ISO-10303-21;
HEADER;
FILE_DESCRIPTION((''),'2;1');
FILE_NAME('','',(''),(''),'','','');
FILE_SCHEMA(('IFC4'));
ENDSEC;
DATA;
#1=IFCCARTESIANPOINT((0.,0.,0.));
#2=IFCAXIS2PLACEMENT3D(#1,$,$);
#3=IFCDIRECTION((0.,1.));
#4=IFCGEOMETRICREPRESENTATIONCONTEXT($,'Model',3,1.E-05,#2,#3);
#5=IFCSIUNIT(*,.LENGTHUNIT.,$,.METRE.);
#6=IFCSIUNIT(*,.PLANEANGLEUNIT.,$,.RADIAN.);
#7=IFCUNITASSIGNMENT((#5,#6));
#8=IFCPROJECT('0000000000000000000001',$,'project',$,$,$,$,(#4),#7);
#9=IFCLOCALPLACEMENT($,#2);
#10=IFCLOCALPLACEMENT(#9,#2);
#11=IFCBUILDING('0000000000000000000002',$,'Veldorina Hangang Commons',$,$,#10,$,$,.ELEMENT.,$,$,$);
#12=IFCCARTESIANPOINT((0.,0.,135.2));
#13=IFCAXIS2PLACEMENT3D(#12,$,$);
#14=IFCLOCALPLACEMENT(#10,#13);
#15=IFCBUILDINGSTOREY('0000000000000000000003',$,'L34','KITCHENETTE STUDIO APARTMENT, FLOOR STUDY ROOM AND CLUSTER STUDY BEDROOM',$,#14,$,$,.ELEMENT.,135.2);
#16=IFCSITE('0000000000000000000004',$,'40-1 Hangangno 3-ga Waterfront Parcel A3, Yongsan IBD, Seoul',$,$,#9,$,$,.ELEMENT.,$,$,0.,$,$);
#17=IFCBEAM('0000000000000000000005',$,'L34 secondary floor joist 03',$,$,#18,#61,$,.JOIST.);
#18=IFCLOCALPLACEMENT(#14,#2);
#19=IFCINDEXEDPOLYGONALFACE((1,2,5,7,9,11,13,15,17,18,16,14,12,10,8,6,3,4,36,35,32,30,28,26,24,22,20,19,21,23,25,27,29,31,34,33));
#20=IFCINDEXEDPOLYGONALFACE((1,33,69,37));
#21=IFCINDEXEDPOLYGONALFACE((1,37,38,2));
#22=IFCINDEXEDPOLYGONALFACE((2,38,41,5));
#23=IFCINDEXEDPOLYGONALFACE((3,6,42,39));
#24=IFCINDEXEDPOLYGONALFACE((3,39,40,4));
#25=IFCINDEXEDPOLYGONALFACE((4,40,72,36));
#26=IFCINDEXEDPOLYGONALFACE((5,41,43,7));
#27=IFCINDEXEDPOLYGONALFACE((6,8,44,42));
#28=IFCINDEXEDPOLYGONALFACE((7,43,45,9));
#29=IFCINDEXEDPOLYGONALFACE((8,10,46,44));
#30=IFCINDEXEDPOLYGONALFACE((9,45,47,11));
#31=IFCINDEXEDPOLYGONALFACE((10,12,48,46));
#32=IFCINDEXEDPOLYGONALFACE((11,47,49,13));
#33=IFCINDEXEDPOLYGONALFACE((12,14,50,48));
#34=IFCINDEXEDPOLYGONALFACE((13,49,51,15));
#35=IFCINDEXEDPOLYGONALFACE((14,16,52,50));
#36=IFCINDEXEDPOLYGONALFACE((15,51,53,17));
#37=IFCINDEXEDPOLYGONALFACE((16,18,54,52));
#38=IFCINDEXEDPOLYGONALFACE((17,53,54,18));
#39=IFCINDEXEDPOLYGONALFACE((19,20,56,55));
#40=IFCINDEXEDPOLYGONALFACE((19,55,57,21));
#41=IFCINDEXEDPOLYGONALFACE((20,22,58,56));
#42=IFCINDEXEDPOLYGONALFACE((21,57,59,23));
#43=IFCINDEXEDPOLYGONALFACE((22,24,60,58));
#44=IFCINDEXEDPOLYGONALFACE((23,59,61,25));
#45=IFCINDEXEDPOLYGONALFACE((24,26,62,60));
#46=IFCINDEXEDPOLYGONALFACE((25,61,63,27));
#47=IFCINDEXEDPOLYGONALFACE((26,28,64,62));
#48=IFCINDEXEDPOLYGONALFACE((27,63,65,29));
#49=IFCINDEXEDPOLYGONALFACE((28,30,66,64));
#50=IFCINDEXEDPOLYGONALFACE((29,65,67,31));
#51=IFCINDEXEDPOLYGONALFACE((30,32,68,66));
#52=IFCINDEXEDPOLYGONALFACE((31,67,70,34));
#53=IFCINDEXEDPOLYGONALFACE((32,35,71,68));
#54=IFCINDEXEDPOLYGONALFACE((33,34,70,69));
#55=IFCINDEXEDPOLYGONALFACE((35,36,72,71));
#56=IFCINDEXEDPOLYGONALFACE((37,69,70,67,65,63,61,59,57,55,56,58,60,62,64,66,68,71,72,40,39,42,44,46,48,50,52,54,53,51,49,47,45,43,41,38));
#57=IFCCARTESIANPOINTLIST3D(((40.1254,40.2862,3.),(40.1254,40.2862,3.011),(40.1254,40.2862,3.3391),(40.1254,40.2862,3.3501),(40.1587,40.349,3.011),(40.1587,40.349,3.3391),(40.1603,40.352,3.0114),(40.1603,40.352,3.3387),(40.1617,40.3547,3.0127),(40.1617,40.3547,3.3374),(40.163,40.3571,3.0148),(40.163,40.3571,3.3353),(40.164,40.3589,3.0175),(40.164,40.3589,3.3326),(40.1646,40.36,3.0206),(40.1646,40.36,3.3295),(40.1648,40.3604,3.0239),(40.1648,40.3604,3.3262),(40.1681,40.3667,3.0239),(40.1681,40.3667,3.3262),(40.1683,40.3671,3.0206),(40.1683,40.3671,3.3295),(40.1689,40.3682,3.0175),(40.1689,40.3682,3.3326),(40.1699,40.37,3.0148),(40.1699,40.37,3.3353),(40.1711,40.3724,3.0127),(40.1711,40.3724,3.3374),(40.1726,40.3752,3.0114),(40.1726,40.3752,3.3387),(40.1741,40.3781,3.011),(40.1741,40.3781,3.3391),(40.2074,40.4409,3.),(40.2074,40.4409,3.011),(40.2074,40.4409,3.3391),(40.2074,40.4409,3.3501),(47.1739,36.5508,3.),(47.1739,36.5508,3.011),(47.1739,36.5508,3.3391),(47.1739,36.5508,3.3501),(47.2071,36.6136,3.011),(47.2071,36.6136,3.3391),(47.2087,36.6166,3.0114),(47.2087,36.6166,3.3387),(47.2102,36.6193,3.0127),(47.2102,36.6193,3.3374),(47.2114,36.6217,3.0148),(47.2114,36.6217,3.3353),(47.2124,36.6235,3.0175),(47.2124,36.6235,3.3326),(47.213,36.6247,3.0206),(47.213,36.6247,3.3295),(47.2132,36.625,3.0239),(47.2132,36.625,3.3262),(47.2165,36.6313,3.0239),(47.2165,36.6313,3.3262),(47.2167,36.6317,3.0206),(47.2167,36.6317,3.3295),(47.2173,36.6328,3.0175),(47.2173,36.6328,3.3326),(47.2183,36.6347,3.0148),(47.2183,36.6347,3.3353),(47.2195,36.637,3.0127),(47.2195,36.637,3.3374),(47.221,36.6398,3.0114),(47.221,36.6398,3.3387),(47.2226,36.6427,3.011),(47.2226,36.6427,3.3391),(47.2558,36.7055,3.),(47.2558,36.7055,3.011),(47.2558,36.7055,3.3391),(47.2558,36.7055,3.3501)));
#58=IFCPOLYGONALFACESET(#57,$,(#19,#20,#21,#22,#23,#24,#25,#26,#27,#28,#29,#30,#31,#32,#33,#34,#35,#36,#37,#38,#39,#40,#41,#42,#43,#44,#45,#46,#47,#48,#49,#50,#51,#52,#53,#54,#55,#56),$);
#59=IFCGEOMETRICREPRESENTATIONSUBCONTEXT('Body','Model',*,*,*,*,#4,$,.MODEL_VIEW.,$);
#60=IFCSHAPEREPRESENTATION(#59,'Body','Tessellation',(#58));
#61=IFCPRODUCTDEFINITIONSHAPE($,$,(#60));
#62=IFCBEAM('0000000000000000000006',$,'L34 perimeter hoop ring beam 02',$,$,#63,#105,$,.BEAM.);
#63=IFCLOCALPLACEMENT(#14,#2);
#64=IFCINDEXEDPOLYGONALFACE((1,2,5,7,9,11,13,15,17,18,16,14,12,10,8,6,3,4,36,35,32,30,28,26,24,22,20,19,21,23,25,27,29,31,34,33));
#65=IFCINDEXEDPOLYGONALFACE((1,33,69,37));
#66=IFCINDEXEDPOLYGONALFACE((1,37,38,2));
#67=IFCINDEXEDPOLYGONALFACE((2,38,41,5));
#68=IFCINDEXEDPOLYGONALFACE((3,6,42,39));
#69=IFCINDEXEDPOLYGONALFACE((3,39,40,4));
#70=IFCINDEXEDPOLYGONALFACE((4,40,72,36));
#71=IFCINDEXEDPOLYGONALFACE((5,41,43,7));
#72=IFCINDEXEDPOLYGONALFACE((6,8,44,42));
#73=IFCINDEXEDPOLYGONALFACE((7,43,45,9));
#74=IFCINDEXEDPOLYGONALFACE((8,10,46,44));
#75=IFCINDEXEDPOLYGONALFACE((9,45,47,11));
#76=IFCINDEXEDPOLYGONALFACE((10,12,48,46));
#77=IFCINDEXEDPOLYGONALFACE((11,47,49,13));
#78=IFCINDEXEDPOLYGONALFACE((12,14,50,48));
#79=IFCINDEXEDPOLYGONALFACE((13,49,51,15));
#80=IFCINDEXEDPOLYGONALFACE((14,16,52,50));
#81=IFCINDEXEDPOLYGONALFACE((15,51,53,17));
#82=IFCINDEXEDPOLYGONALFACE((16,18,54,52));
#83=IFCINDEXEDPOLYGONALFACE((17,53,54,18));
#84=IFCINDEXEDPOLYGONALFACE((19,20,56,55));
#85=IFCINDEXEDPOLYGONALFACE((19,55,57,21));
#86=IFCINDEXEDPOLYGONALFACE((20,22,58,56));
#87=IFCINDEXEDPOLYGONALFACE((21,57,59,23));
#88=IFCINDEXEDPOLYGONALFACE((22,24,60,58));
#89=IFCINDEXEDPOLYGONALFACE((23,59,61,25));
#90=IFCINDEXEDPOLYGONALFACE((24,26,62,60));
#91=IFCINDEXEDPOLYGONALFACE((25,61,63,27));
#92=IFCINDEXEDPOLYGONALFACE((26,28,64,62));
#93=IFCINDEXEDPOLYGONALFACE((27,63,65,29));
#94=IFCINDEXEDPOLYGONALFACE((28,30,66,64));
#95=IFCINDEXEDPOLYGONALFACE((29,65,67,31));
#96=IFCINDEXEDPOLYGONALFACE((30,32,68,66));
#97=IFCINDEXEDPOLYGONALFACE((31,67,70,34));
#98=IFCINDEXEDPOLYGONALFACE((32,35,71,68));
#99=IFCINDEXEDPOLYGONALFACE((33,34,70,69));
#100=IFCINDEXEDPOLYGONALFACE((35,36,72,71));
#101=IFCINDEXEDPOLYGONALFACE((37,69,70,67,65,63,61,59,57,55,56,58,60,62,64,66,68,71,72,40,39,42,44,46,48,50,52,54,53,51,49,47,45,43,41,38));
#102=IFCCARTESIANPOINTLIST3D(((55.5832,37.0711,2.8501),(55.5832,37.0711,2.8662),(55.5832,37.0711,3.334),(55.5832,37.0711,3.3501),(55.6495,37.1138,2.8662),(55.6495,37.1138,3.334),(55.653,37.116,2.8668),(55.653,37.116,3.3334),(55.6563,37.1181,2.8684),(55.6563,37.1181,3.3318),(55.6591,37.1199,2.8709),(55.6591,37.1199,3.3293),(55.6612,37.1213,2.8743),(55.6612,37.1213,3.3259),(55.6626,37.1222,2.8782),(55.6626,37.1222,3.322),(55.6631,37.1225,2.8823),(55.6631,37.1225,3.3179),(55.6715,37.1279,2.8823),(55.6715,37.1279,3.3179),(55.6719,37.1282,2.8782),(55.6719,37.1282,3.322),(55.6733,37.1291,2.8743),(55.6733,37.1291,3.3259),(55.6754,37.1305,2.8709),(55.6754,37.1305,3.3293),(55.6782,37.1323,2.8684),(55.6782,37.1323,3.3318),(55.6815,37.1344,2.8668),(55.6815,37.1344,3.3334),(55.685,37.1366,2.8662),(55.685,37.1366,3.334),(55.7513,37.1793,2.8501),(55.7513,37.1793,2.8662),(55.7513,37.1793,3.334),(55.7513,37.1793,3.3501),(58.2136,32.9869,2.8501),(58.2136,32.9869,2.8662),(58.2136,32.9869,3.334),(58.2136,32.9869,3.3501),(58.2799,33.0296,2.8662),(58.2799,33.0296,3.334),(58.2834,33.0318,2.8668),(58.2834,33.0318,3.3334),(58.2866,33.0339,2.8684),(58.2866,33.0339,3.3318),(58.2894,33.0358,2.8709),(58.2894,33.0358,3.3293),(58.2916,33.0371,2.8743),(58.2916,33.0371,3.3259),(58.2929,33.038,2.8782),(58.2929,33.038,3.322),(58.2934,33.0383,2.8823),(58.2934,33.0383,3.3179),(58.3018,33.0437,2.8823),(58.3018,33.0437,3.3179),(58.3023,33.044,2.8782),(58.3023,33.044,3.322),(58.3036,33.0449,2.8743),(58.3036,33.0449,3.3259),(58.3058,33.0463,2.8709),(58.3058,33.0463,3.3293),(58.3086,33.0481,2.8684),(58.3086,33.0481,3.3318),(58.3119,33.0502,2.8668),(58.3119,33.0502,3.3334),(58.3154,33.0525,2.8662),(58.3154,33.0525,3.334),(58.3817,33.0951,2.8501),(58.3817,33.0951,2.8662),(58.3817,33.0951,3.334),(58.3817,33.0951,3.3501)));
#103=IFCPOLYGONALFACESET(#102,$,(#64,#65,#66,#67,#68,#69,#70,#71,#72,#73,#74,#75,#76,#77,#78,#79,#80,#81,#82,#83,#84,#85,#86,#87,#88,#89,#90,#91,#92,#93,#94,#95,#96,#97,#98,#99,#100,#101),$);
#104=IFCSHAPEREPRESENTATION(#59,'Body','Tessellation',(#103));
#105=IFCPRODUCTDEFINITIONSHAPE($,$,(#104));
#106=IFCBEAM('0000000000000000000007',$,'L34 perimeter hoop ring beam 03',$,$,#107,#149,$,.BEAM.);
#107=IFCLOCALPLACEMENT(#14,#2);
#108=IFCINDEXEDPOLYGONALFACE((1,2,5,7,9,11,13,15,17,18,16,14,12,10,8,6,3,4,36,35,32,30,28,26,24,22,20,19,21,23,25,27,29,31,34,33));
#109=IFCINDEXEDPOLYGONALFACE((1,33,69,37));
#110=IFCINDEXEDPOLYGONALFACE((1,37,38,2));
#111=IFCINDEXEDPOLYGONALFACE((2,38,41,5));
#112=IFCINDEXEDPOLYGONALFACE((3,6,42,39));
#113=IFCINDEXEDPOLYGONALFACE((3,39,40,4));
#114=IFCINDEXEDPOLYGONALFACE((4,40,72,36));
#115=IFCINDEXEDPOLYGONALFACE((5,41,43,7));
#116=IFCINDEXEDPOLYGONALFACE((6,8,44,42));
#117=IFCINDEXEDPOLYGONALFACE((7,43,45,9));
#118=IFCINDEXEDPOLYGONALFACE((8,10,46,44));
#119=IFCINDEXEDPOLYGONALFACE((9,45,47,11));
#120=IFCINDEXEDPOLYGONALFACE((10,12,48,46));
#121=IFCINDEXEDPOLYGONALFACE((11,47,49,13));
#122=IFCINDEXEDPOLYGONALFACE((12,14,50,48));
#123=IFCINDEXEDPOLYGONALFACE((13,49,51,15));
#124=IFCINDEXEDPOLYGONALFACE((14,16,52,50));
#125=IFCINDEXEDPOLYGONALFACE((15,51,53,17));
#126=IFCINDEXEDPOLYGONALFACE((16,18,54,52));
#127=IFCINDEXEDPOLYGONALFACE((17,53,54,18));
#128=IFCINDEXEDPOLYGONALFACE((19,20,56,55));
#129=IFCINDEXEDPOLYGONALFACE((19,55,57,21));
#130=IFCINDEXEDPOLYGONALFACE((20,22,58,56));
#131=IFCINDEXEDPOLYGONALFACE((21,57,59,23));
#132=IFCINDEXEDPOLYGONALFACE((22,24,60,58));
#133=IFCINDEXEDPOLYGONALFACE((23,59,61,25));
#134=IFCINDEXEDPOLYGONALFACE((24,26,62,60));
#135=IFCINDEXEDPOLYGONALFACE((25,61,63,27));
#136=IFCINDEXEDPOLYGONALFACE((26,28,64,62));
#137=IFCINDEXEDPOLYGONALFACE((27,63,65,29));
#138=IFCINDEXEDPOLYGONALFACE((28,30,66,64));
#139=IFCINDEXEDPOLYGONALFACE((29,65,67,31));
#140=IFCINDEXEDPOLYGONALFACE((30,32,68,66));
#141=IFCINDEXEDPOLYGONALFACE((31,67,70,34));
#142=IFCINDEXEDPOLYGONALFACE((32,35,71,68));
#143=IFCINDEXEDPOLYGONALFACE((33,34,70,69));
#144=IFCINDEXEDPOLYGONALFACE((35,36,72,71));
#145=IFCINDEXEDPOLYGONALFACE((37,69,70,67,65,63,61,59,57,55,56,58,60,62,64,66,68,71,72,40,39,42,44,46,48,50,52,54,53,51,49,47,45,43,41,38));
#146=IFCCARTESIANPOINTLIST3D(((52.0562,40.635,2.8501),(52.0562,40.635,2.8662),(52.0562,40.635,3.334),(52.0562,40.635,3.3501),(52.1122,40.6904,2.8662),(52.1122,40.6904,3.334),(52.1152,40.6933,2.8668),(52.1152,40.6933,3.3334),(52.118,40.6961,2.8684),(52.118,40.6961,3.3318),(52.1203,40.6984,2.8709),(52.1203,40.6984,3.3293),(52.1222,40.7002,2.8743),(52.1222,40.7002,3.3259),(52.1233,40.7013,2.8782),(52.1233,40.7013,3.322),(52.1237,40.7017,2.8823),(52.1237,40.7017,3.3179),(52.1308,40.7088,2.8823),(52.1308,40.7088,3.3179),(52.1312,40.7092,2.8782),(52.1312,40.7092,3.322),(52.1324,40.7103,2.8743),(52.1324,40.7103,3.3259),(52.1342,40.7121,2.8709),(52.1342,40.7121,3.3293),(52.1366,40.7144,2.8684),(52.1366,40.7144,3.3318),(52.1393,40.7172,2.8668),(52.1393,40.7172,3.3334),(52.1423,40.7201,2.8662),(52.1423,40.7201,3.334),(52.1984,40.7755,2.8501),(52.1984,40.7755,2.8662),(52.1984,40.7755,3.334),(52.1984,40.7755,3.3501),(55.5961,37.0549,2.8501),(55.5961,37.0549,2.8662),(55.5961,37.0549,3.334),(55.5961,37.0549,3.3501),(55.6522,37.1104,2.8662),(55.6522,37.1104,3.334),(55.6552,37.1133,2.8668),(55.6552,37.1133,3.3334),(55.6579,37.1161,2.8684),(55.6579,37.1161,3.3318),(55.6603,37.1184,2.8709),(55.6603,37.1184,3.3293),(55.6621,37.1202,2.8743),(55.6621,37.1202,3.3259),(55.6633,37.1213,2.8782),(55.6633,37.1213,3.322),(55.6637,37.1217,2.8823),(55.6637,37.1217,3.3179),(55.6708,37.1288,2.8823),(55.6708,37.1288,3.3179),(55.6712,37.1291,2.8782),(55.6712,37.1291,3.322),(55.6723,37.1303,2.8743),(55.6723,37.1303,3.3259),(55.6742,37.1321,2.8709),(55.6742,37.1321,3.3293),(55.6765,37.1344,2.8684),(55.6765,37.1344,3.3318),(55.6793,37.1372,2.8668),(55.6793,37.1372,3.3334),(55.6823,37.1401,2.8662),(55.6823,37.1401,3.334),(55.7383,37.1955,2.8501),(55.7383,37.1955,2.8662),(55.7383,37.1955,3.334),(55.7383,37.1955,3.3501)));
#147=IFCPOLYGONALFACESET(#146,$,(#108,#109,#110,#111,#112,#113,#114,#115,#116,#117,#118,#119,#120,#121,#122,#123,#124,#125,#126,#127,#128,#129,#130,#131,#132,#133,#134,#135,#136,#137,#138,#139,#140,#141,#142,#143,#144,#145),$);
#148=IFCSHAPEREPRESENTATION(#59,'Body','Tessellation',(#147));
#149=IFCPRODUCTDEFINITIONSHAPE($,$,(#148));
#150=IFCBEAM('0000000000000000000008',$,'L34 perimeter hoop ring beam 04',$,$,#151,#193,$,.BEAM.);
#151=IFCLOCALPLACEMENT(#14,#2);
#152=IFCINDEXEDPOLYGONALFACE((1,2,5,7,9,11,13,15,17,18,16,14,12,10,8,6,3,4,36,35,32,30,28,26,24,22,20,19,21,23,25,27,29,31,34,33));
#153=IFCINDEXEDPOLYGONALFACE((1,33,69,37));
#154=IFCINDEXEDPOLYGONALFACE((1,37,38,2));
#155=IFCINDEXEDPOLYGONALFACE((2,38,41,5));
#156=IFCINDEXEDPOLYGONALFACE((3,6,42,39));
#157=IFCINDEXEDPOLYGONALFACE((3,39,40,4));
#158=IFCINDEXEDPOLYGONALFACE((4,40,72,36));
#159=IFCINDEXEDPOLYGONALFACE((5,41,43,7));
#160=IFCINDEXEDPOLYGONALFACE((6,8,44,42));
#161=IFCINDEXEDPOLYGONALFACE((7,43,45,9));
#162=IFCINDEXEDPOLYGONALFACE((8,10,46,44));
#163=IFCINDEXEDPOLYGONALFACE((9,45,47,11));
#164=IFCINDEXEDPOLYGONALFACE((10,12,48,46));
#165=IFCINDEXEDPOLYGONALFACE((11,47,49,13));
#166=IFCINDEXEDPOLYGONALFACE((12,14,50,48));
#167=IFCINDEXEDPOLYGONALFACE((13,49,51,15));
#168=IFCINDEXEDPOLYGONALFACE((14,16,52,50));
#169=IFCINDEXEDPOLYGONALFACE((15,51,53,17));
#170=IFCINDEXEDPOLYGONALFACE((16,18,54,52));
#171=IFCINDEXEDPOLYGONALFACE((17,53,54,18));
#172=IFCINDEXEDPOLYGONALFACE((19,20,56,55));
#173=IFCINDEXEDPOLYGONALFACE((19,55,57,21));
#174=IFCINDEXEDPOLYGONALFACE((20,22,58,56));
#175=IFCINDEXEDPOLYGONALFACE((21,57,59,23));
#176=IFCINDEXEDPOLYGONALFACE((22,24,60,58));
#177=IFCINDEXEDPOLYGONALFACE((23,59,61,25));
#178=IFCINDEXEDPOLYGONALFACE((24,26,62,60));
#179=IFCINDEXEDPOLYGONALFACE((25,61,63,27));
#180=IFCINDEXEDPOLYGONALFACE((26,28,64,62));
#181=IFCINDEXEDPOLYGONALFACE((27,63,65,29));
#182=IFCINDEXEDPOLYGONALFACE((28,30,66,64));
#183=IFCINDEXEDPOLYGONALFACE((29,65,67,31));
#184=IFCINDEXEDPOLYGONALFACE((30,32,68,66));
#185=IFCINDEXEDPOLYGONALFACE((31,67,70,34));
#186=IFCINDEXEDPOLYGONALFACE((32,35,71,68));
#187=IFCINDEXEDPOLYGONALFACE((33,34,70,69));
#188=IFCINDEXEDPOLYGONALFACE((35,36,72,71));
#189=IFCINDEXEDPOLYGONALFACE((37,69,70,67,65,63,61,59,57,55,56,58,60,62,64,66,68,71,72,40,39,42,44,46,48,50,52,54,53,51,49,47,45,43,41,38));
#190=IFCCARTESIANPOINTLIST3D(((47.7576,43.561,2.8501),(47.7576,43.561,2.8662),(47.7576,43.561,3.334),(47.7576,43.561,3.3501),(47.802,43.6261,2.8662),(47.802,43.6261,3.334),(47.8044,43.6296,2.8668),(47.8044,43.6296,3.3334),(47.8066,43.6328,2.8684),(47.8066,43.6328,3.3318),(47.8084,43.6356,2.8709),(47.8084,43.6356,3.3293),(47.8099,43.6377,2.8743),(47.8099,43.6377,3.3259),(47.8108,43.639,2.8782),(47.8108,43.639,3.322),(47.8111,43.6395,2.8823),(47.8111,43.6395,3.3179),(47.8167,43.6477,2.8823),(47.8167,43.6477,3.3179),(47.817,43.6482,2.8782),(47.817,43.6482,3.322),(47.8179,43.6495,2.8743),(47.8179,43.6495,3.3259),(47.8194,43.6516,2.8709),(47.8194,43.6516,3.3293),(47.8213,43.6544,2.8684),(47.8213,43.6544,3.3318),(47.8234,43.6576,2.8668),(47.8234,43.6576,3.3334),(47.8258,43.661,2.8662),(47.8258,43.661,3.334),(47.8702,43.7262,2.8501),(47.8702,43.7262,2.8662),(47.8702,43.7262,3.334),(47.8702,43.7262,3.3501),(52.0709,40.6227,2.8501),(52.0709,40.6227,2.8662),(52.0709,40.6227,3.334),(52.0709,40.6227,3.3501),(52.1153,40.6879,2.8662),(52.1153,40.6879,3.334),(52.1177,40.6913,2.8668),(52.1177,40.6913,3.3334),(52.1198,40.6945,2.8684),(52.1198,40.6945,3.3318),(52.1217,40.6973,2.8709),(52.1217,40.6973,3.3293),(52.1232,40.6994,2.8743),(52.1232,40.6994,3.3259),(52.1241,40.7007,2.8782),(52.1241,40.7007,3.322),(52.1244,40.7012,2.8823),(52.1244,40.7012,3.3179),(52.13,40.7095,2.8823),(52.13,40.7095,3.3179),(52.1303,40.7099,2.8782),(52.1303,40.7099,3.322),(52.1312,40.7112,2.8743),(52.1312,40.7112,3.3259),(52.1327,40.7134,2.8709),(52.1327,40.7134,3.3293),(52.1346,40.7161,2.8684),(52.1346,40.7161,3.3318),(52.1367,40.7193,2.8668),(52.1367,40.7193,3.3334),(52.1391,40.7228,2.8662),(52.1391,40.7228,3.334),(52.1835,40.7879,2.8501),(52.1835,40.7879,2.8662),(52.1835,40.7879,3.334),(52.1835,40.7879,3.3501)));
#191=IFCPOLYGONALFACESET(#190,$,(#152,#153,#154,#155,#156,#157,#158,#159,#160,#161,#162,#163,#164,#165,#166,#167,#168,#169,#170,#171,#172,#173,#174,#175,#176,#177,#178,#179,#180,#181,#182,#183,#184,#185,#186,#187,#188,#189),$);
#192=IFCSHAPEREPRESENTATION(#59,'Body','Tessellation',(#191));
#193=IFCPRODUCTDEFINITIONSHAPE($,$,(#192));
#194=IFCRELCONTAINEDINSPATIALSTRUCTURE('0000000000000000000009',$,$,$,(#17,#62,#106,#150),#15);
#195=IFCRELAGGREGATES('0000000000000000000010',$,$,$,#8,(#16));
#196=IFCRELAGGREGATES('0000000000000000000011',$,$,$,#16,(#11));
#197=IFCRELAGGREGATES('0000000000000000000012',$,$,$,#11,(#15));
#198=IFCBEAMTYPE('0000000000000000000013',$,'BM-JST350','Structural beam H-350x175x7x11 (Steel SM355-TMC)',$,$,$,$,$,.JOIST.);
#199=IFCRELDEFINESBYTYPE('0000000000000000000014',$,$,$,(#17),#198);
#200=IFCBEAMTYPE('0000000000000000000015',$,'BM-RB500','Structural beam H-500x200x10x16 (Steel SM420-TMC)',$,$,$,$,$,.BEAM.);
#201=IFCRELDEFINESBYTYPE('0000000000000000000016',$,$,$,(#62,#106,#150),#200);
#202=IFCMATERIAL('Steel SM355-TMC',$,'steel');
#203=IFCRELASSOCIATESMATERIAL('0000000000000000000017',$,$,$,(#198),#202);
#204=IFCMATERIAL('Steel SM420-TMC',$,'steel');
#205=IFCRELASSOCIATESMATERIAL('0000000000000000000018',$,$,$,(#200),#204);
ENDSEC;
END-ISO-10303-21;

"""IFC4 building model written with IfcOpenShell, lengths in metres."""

from ifc_helpers import new_model, si_unit, direction, frame, origin, origin_2d, place, context, subcontext, project, spatial, i_section, extrude, material, material_profile, profile_set, type_object, element, save


model = new_model("IFC4")

# Units and contexts
model_context = context("Model", 3, precision=1e-05, world=origin(), true_north=direction((0.0, 1.0)))
body_context = subcontext(model_context, "Body", "Model", "MODEL_VIEW")
ifc_project = project(units=[si_unit("LENGTHUNIT", "METRE"), si_unit("PLANEANGLEUNIT", "RADIAN")], contexts=[model_context])

# Site, building, storey
site_placement = place(None, origin())
site = spatial("IfcSite", under=ifc_project, at=site_placement, Name="40-1 Hangangno 3-ga Waterfront Parcel A3, Yongsan IBD, Seoul", CompositionType="ELEMENT", RefElevation=0.0)
building_placement = place(site_placement, origin())
building = spatial("IfcBuilding", under=site, at=building_placement, Name="Veldorina Hangang Commons", CompositionType="ELEMENT")
storey_placement = place(building_placement, frame((0.0, 0.0, 135.2)))
storey = spatial("IfcBuildingStorey", under=building, at=storey_placement, Name="L34", Description="KITCHENETTE STUDIO APARTMENT, FLOOR STUDY ROOM AND CLUSTER STUDY BEDROOM", CompositionType="ELEMENT", Elevation=135.2)

# Beams
ifc_material_1 = material(Name="Steel SM355-TMC", Category="steel")
ifc_material_profile_1 = material_profile(ifc_material_1, i_section(OverallWidth=0.175, OverallDepth=0.3501, WebThickness=0.0071, FlangeThickness=0.011, FilletRadius=0.0129, at=origin_2d()), Name="H-350x175x7x11")
ifc_profile_set_1 = profile_set([ifc_material_profile_1], Name="Steel SM355-TMC")
beam_type_1 = type_object("IfcBeamType", Name="BM-JST350", Description="Structural beam H-350x175x7x11 (Steel SM355-TMC)", PredefinedType="JOIST", material=ifc_profile_set_1)
beam_1_placement = place(storey_placement, frame((47.2148, 36.6282, 3.175), z_axis=(-0.883587, 0.468267, 0.0), x_axis=(-0.468267, -0.883587, 0.0)))
element("IfcBeam", 1, at=beam_1_placement, inside=storey, type_object=beam_type_1, Name="L34 secondary floor joist 03", PredefinedType="JOIST", context=body_context, shape_type="SweptSolid", body=[
    extrude(i_section(OverallWidth=0.175, OverallDepth=0.3501, WebThickness=0.0071, FlangeThickness=0.011, FilletRadius=0.0129, at=origin_2d()), origin(), (0.0, 0.0, 1.0), 7.9771),
])
ifc_material_2 = material(Name="Steel SM420-TMC", Category="steel")
ifc_material_profile_2 = material_profile(ifc_material_2, i_section(OverallWidth=0.2, OverallDepth=0.5, WebThickness=0.01, FlangeThickness=0.0161, FilletRadius=0.0161, at=origin_2d()), Name="H-500x200x10x16")
ifc_profile_set_2 = profile_set([ifc_material_profile_2], Name="Steel SM420-TMC")
beam_type_2 = type_object("IfcBeamType", Name="BM-RB500", Description="Structural beam H-500x200x10x16 (Steel SM420-TMC)", PredefinedType="BEAM", material=ifc_profile_set_2)
beam_2_placement = place(storey_placement, frame((58.2976, 33.041, 3.1001), z_axis=(-0.541456, 0.840729, 0.0), x_axis=(-0.840729, -0.541456, 0.0)))
element("IfcBeam", 2, at=beam_2_placement, inside=storey, type_object=beam_type_2, Name="L34 perimeter hoop ring beam 02", PredefinedType="BEAM", context=body_context, shape_type="SweptSolid", body=[
    extrude(i_section(OverallWidth=0.2, OverallDepth=0.5, WebThickness=0.01, FlangeThickness=0.0161, FilletRadius=0.0161, at=origin_2d()), origin(), (0.0, 0.0, 1.0), 4.8579),
])
beam_3_placement = place(storey_placement, frame((55.6672, 37.1252, 3.1001), z_axis=(-0.703119, 0.711072, 0.0), x_axis=(-0.711072, -0.703119, 0.0)))
element("IfcBeam", 3, at=beam_3_placement, inside=storey, type_object=beam_type_2, Name="L34 perimeter hoop ring beam 03", PredefinedType="BEAM", context=body_context, shape_type="SweptSolid", body=[
    extrude(i_section(OverallWidth=0.2, OverallDepth=0.5, WebThickness=0.01, FlangeThickness=0.0161, FilletRadius=0.0161, at=origin_2d()), origin(), (0.0, 0.0, 1.0), 5.0347),
])
beam_4_placement = place(storey_placement, frame((52.1272, 40.7053, 3.1001), z_axis=(-0.82646, 0.562996, 0.0), x_axis=(-0.562996, -0.82646, 0.0)))
element("IfcBeam", 4, at=beam_4_placement, inside=storey, type_object=beam_type_2, Name="L34 perimeter hoop ring beam 04", PredefinedType="BEAM", context=body_context, shape_type="SweptSolid", body=[
    extrude(i_section(OverallWidth=0.2, OverallDepth=0.5, WebThickness=0.01, FlangeThickness=0.0161, FilletRadius=0.0161, at=origin_2d()), origin(), (0.0, 0.0, 1.0), 5.219),
])

save(model, "model.ifc")
